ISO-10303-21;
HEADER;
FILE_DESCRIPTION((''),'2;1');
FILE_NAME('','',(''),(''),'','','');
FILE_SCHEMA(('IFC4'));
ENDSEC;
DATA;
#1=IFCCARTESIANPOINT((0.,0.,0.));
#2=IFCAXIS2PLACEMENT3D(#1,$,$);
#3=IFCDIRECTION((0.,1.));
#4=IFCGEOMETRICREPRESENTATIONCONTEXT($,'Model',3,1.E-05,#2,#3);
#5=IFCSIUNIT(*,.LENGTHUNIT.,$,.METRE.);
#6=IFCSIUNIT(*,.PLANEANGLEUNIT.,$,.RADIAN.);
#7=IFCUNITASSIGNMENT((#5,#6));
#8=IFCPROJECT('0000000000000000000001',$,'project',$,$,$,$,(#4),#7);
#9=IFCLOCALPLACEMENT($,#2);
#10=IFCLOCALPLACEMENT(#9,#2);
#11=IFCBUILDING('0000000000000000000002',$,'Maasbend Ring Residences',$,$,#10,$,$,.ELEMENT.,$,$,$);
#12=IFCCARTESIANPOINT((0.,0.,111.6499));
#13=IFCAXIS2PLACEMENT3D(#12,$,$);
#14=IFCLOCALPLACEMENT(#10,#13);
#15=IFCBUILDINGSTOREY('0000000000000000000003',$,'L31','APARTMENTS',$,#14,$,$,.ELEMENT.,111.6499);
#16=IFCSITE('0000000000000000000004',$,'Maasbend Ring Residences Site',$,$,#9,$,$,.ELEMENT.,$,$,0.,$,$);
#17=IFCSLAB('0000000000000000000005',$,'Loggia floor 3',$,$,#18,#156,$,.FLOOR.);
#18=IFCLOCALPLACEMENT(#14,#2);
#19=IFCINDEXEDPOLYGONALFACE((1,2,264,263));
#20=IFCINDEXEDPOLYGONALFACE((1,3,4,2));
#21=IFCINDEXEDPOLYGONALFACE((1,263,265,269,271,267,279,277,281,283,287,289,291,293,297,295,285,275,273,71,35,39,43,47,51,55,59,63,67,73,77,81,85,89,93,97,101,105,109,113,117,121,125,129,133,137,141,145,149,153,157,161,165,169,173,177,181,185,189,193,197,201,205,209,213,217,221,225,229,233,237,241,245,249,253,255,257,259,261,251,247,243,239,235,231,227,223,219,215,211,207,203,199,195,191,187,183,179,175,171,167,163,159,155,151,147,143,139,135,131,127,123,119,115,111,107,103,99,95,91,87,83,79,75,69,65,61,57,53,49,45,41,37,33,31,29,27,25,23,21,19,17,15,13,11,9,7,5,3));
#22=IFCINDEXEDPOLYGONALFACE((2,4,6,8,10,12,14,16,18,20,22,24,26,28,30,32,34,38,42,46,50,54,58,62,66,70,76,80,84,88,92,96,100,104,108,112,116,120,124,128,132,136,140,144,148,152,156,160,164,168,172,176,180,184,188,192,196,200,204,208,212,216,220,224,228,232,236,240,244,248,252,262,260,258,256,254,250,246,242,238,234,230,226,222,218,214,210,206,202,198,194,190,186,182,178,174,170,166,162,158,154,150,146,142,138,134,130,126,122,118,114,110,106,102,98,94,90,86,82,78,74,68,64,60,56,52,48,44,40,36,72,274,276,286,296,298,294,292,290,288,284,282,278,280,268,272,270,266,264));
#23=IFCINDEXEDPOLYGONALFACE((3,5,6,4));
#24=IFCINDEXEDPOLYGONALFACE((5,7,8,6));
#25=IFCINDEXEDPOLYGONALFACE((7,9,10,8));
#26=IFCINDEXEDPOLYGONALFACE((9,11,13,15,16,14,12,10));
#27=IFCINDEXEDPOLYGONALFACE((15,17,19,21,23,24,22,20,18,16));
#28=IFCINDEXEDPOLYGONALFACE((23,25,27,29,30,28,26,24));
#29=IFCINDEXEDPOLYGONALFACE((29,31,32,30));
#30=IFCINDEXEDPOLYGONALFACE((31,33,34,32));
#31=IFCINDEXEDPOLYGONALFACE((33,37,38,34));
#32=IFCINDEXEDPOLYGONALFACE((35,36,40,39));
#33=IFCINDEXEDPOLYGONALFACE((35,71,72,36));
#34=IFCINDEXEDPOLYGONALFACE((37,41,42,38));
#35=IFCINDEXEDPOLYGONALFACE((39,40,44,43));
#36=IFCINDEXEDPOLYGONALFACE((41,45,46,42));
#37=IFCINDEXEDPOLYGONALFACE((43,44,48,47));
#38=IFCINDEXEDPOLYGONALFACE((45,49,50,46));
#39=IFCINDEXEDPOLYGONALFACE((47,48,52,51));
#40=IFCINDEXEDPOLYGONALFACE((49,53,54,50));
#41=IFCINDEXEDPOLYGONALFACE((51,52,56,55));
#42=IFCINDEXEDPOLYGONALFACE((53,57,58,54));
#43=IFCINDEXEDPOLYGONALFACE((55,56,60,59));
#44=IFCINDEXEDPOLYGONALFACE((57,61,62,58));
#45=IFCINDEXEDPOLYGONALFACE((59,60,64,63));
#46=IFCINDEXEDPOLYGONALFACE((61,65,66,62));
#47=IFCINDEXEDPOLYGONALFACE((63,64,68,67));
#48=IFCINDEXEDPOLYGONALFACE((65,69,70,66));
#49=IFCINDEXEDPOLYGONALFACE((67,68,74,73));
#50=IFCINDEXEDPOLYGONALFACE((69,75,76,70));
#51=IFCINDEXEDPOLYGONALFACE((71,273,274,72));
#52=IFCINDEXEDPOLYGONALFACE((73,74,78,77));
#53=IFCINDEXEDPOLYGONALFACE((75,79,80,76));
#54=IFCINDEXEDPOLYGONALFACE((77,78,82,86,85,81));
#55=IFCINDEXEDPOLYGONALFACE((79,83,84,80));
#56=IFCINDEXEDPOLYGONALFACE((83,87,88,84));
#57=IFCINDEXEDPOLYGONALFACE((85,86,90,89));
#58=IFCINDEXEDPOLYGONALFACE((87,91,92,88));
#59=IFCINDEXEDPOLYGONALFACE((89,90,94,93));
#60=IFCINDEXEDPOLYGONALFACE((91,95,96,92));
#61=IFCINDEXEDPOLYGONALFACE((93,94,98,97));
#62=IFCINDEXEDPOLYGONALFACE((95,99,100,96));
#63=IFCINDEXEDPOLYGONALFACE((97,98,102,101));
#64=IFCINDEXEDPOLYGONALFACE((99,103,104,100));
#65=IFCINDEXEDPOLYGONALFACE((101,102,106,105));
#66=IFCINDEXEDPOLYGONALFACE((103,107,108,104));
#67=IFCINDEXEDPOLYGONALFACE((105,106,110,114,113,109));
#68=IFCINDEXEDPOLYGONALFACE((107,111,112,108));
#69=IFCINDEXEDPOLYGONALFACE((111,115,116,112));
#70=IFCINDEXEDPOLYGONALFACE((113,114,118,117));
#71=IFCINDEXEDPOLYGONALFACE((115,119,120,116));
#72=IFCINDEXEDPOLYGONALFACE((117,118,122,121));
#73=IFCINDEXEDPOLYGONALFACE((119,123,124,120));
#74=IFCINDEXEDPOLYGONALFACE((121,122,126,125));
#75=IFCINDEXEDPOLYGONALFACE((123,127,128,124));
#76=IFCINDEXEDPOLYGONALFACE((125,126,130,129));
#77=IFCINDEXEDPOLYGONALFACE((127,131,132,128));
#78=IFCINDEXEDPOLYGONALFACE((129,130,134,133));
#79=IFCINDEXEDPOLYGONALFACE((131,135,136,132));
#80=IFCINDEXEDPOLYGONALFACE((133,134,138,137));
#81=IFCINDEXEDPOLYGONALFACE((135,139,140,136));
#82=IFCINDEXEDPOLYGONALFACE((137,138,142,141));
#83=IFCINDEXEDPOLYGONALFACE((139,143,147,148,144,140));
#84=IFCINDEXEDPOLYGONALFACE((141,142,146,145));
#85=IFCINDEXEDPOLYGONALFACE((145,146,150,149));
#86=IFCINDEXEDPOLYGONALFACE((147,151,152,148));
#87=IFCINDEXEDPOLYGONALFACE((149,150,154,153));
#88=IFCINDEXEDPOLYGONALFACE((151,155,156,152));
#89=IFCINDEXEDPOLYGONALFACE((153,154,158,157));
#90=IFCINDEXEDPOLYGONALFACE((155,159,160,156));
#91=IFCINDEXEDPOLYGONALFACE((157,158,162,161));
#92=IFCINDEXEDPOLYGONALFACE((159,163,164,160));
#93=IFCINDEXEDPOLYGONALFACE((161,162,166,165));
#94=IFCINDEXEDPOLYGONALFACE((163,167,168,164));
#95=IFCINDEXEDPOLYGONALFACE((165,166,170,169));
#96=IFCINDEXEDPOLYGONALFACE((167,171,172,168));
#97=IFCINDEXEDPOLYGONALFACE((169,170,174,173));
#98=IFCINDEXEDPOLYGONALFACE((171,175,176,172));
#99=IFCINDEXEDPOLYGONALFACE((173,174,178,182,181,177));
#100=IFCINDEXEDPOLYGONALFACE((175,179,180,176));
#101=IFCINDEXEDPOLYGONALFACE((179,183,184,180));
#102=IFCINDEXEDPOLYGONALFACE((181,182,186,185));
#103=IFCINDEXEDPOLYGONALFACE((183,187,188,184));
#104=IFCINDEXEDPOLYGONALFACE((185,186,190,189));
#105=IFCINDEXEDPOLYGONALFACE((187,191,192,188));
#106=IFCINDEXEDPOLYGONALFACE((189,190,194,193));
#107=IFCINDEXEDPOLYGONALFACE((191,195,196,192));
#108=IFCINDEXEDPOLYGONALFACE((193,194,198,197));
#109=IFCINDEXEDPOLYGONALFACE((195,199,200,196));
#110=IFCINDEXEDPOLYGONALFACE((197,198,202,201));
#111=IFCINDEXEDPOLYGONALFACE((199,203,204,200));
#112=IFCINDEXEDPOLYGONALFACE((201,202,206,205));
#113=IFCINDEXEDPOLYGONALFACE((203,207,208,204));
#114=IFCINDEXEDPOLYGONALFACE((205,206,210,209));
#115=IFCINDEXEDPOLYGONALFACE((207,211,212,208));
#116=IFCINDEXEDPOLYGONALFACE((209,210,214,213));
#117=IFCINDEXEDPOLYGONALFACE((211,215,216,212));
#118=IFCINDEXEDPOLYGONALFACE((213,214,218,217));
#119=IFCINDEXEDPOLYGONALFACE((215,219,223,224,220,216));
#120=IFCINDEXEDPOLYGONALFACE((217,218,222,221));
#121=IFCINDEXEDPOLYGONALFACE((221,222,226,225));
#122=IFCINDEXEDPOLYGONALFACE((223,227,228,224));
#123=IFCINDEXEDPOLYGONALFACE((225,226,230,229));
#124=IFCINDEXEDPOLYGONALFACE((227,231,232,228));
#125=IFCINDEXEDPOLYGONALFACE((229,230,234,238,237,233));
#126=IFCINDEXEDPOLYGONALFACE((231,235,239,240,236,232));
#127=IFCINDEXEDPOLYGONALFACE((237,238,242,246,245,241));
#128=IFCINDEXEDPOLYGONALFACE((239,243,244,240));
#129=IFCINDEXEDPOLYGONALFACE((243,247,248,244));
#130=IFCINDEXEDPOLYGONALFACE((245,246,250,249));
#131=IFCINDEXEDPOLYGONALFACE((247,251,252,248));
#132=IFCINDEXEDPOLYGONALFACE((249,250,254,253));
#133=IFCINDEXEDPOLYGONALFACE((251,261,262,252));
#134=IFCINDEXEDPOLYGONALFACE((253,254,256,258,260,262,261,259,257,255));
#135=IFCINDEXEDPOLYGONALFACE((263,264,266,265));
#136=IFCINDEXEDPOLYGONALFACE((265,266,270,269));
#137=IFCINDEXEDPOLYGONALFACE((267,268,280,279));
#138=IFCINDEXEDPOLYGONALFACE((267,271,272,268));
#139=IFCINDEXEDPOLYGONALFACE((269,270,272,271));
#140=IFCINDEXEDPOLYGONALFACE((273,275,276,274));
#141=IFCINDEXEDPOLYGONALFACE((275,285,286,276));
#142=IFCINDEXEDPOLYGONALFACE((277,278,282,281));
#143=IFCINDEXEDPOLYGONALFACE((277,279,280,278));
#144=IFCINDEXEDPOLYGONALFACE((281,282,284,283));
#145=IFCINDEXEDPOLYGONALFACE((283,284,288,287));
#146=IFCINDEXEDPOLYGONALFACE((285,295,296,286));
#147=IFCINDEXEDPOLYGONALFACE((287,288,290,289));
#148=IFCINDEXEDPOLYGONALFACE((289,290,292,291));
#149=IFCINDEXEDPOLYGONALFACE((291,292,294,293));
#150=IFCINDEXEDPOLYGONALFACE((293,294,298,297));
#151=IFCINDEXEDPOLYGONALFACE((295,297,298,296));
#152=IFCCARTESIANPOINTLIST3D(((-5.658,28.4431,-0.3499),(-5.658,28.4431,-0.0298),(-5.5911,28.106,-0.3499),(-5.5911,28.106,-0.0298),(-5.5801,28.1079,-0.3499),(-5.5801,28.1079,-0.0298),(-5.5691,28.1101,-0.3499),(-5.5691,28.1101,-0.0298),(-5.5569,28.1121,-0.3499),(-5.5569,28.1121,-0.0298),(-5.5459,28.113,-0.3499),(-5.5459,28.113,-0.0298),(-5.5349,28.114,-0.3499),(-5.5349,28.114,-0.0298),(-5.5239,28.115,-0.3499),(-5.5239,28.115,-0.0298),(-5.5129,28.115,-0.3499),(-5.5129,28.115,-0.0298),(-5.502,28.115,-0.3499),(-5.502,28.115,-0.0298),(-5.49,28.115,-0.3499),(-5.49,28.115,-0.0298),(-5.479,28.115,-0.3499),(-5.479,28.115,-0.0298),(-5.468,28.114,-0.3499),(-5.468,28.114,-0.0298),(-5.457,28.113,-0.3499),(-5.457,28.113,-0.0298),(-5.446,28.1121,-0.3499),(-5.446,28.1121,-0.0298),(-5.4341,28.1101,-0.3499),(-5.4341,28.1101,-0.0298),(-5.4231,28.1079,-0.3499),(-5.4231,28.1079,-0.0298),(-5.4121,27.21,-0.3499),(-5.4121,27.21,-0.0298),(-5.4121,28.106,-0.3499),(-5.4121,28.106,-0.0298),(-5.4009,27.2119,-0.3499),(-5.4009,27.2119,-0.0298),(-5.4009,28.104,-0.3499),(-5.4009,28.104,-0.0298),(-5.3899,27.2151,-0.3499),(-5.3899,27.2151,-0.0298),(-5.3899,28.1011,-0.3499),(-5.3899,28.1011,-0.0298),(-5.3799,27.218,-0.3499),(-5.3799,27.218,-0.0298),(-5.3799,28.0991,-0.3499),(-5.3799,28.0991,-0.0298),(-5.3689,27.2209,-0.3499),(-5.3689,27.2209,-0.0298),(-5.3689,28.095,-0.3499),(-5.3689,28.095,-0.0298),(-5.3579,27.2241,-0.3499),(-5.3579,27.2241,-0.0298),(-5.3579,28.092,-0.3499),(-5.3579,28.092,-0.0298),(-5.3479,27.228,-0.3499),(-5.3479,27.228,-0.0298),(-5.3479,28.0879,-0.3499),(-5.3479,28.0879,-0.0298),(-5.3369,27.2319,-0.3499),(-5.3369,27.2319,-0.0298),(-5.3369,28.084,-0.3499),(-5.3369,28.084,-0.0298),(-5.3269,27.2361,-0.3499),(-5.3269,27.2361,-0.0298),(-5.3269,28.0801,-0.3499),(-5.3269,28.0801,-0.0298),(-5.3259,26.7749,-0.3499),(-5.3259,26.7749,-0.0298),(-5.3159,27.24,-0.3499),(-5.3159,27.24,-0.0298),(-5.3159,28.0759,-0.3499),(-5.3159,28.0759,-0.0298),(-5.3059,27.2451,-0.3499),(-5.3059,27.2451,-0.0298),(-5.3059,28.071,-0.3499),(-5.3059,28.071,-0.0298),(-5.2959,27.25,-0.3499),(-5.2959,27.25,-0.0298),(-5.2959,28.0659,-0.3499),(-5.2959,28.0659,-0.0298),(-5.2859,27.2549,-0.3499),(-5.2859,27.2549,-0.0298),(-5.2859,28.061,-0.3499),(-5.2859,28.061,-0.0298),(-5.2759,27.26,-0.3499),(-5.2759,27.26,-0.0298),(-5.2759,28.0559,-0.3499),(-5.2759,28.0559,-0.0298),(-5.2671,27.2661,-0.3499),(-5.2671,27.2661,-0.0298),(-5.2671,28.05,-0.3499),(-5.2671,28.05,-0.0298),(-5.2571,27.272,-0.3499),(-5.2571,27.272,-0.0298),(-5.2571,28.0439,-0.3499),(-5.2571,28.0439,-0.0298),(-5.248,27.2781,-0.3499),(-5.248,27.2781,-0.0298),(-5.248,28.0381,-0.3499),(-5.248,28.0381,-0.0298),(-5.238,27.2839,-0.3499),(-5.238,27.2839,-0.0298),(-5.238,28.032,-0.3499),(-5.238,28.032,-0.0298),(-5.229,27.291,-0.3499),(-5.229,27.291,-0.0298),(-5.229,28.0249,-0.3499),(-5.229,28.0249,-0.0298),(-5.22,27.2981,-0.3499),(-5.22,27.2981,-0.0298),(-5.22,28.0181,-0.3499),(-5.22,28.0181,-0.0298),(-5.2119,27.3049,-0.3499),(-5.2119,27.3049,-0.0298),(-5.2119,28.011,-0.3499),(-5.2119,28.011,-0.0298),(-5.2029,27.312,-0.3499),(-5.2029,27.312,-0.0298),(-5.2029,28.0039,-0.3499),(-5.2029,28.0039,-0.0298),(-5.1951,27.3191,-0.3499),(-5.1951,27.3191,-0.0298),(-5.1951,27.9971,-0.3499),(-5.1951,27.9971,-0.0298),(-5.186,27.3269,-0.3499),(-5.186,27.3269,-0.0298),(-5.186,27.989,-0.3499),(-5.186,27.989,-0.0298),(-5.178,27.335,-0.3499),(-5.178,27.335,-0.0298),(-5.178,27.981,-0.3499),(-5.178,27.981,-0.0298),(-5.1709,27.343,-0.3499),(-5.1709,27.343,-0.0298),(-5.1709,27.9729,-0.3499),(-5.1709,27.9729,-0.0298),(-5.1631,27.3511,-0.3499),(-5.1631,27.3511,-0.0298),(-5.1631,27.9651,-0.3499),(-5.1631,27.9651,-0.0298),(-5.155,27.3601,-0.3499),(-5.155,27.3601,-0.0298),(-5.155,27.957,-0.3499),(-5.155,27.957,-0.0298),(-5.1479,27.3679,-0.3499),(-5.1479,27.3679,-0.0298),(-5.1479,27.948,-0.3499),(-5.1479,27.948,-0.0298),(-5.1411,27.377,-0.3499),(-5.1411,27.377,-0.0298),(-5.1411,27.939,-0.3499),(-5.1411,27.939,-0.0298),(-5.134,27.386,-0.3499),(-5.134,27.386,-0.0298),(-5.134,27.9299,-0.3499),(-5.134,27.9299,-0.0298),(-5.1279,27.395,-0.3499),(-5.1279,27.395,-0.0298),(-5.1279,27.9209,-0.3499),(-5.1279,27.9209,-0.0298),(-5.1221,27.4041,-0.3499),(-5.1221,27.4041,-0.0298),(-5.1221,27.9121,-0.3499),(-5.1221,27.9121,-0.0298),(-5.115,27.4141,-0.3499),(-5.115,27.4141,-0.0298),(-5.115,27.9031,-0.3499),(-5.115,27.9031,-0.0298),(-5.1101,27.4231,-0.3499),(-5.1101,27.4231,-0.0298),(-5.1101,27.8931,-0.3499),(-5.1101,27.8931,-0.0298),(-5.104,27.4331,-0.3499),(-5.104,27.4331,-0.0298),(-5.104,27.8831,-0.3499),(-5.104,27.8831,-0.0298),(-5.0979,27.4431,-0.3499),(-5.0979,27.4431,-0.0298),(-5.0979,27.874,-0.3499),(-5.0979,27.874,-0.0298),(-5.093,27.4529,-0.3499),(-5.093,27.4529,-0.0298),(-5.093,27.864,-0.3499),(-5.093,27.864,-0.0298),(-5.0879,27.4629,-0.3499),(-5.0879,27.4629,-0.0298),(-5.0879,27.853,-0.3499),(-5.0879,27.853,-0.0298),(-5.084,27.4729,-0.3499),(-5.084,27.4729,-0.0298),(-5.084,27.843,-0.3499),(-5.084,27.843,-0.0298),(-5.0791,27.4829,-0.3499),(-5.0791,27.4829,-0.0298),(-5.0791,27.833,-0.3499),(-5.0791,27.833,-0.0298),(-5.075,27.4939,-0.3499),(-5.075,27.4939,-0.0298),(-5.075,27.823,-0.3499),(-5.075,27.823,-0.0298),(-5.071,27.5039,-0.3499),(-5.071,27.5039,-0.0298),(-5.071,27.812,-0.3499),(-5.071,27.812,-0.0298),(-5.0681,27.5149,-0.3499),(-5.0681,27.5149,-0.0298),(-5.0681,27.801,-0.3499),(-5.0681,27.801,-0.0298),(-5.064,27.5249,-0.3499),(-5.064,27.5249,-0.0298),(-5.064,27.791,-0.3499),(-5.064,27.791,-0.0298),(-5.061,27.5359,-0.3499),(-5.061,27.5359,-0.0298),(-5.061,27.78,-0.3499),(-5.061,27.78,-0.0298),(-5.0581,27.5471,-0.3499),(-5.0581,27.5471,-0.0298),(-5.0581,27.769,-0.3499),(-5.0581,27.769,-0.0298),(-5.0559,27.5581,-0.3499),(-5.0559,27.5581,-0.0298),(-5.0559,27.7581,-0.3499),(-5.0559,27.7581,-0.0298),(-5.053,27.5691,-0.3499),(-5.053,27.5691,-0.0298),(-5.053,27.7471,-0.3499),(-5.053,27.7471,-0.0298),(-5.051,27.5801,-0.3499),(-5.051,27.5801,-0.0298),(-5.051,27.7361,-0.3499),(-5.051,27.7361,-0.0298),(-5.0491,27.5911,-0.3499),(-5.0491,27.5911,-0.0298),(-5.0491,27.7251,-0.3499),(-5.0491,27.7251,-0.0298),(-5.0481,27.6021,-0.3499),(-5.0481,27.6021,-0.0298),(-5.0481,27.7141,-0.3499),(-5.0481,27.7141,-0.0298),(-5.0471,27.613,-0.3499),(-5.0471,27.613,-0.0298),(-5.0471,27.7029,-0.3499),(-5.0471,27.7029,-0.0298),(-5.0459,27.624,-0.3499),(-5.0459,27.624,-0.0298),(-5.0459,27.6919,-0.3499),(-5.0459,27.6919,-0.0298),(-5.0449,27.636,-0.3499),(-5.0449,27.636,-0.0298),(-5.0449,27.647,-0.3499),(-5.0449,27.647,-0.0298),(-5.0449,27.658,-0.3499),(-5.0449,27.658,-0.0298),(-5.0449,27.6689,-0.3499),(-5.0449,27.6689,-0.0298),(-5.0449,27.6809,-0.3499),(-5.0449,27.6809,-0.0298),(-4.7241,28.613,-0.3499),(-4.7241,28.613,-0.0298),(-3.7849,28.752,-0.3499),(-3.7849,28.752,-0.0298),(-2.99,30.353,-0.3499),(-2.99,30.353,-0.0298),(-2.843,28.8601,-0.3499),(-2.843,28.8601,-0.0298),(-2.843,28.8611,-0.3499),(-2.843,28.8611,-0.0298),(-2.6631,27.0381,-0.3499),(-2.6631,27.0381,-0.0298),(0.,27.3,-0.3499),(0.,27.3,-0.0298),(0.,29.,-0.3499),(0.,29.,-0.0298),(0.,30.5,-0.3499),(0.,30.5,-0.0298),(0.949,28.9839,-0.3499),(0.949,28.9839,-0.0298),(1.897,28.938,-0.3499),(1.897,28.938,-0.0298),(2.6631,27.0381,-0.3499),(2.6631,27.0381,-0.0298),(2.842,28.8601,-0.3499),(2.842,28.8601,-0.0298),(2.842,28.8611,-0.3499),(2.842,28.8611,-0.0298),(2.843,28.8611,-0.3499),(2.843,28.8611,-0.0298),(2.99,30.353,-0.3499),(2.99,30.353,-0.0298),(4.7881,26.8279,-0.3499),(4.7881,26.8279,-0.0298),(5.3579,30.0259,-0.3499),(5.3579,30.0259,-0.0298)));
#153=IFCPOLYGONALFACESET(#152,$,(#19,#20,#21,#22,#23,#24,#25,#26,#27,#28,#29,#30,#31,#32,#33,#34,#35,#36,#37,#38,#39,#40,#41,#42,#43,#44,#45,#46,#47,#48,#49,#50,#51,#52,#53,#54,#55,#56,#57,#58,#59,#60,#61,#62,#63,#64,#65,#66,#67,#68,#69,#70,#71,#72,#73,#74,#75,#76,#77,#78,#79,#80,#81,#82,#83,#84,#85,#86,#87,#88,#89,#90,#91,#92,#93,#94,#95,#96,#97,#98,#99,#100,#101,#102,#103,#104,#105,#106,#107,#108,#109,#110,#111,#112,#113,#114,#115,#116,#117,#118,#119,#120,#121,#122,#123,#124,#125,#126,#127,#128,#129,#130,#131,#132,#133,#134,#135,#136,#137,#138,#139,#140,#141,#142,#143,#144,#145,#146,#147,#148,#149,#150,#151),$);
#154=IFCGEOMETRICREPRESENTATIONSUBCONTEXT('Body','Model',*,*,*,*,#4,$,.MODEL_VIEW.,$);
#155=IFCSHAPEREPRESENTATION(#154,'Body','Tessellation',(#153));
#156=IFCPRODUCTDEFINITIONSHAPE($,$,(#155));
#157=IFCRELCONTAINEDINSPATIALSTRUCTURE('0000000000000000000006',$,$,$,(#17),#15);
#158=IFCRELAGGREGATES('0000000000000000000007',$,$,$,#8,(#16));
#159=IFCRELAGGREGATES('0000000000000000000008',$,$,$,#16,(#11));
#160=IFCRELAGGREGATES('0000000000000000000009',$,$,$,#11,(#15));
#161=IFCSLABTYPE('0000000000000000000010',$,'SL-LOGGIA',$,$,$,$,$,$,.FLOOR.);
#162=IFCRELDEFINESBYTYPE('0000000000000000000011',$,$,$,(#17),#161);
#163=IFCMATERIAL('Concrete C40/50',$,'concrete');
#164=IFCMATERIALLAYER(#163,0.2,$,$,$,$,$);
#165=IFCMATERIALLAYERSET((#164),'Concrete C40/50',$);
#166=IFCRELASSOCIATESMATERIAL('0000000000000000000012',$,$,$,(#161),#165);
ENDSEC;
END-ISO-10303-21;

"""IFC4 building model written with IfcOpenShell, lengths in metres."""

from ifc_helpers import new_model, si_unit, direction, frame, origin, place, context, subcontext, project, spatial, polyline, outline, extrude, material, layer, layer_set, type_object, element, save


model = new_model("IFC4")

# Units and contexts
model_context = context("Model", 3, precision=1e-05, world=origin(), true_north=direction((0.0, 1.0)))
body_context = subcontext(model_context, "Body", "Model", "MODEL_VIEW")
ifc_project = project(units=[si_unit("LENGTHUNIT", "METRE"), si_unit("PLANEANGLEUNIT", "RADIAN")], contexts=[model_context])

# Site, building, storey
site_placement = place(None, origin())
site = spatial("IfcSite", under=ifc_project, at=site_placement, Name="Maasbend Ring Residences Site", CompositionType="ELEMENT", RefElevation=0.0)
building_placement = place(site_placement, origin())
building = spatial("IfcBuilding", under=site, at=building_placement, Name="Maasbend Ring Residences", CompositionType="ELEMENT")
storey_placement = place(building_placement, frame((0.0, 0.0, 111.6499)))
storey = spatial("IfcBuildingStorey", under=building, at=storey_placement, Name="L31", Description="APARTMENTS", CompositionType="ELEMENT", Elevation=111.6499)

# Slab
ifc_material_1 = material(Name="Concrete C40/50", Category="concrete")
ifc_layer_1 = layer(ifc_material_1, 0.2)
ifc_layer_set_1 = layer_set([ifc_layer_1], Name="Concrete C40/50")
slab_type_1 = type_object("IfcSlabType", Name="SL-LOGGIA", PredefinedType="FLOOR", material=ifc_layer_set_1)
slab_1_placement = place(storey_placement, frame((0.0, 0.0, -0.3499)))
element("IfcSlab", 1, at=slab_1_placement, inside=storey, type_object=slab_type_1, Name="Loggia floor 3", PredefinedType="FLOOR", context=body_context, shape_type="SweptSolid", body=[
    extrude(outline(polyline([(-3.7849, 28.752), (-2.843, 28.8601), (-2.843, 28.8601), (-2.843, 28.8601), (-2.843, 28.8601), (-2.843, 28.8601), (-2.843, 28.8601), (-2.843, 28.8601), (-2.843, 28.8601), (-2.843, 28.8601), (-2.843, 28.8611), (-2.843, 28.8611), (-2.843, 28.8611), (-2.843, 28.8611), (-2.843, 28.8611), (-2.843, 28.8611), (-2.843, 28.8611), (-2.843, 28.8611), (-2.99, 30.353), (-2.99, 30.353), (-2.99, 30.353), (0.0, 30.5), (0.0, 30.5), (0.0, 30.5), (0.0, 29.0), (0.0, 29.0), (0.0, 29.0), (0.0, 29.0), (0.0, 29.0), (0.0, 29.0), (0.0, 29.0), (0.0, 29.0), (0.0, 29.0), (0.0, 29.0), (0.0, 29.0), (0.0, 29.0), (0.0, 29.0), (0.0, 29.0), (0.0, 29.0), (0.0, 29.0), (0.0, 29.0), (0.949, 28.9839), (0.949, 28.9839), (1.897, 28.938), (1.897, 28.938), (2.842, 28.8601), (2.842, 28.8601), (2.842, 28.8601), (2.842, 28.8601), (2.842, 28.8601), (2.842, 28.8601), (2.842, 28.8601), (2.842, 28.8601), (2.842, 28.8611), (2.842, 28.8611), (2.842, 28.8611), (2.842, 28.8611), (2.842, 28.8611), (2.843, 28.8611), (2.843, 28.8611), (2.843, 28.8611), (2.843, 28.8611), (2.99, 30.353), (2.99, 30.353), (2.99, 30.353), (5.3579, 30.0259), (5.3579, 30.0259), (5.3579, 30.0259), (4.7881, 26.8279), (4.7881, 26.8279), (4.7881, 26.8279), (2.6631, 27.0381), (0.0, 27.3), (0.0, 27.3), (0.0, 27.3), (-2.6631, 27.0381), (-5.3259, 26.7749), (-5.3259, 26.7749), (-5.3259, 26.7749), (-5.4121, 27.21), (-5.4121, 27.21), (-5.4009, 27.2119), (-5.3899, 27.2151), (-5.3799, 27.218), (-5.3689, 27.2209), (-5.3579, 27.2241), (-5.3479, 27.228), (-5.3369, 27.2319), (-5.3269, 27.2361), (-5.3159, 27.24), (-5.3059, 27.2451), (-5.2959, 27.25), (-5.2859, 27.2549), (-5.2759, 27.26), (-5.2671, 27.2661), (-5.2571, 27.272), (-5.248, 27.2781), (-5.238, 27.2839), (-5.229, 27.291), (-5.22, 27.2981), (-5.2119, 27.3049), (-5.2029, 27.312), (-5.1951, 27.3191), (-5.186, 27.3269), (-5.178, 27.335), (-5.1709, 27.343), (-5.1631, 27.3511), (-5.155, 27.3601), (-5.1479, 27.3679), (-5.1411, 27.377), (-5.134, 27.386), (-5.1279, 27.395), (-5.1221, 27.4041), (-5.115, 27.4141), (-5.1101, 27.4231), (-5.104, 27.4331), (-5.0979, 27.4431), (-5.093, 27.4529), (-5.0879, 27.4629), (-5.084, 27.4729), (-5.0791, 27.4829), (-5.075, 27.4939), (-5.071, 27.5039), (-5.0681, 27.5149), (-5.064, 27.5249), (-5.061, 27.5359), (-5.0581, 27.5471), (-5.0559, 27.5581), (-5.053, 27.5691), (-5.051, 27.5801), (-5.0491, 27.5911), (-5.0481, 27.6021), (-5.0471, 27.613), (-5.0459, 27.624), (-5.0449, 27.636), (-5.0449, 27.647), (-5.0449, 27.658), (-5.0449, 27.6689), (-5.0449, 27.6809), (-5.0459, 27.6919), (-5.0471, 27.7029), (-5.0481, 27.7141), (-5.0491, 27.7251), (-5.051, 27.7361), (-5.053, 27.7471), (-5.0559, 27.7581), (-5.0581, 27.769), (-5.061, 27.78), (-5.064, 27.791), (-5.0681, 27.801), (-5.071, 27.812), (-5.075, 27.823), (-5.0791, 27.833), (-5.084, 27.843), (-5.0879, 27.853), (-5.093, 27.864), (-5.0979, 27.874), (-5.104, 27.8831), (-5.1101, 27.8931), (-5.115, 27.9031), (-5.1221, 27.9121), (-5.1279, 27.9209), (-5.134, 27.9299), (-5.1411, 27.939), (-5.1479, 27.948), (-5.155, 27.957), (-5.1631, 27.9651), (-5.1709, 27.9729), (-5.178, 27.981), (-5.186, 27.989), (-5.1951, 27.9971), (-5.2029, 28.0039), (-5.2119, 28.011), (-5.22, 28.0181), (-5.229, 28.0249), (-5.238, 28.032), (-5.248, 28.0381), (-5.2571, 28.0439), (-5.2671, 28.05), (-5.2759, 28.0559), (-5.2859, 28.061), (-5.2959, 28.0659), (-5.3059, 28.071), (-5.3159, 28.0759), (-5.3269, 28.0801), (-5.3369, 28.084), (-5.3479, 28.0879), (-5.3579, 28.092), (-5.3689, 28.095), (-5.3799, 28.0991), (-5.3899, 28.1011), (-5.4009, 28.104), (-5.4121, 28.106), (-5.4231, 28.1079), (-5.4341, 28.1101), (-5.446, 28.1121), (-5.457, 28.113), (-5.468, 28.114), (-5.479, 28.115), (-5.49, 28.115), (-5.502, 28.115), (-5.5129, 28.115), (-5.5239, 28.115), (-5.5349, 28.114), (-5.5459, 28.113), (-5.5569, 28.1121), (-5.5691, 28.1101), (-5.5801, 28.1079), (-5.5911, 28.106), (-5.5911, 28.106), (-5.658, 28.4431), (-5.658, 28.4431), (-5.658, 28.4431), (-4.7241, 28.613), (-4.7241, 28.613), (-3.7849, 28.752), (-3.7849, 28.752)])), origin(), (0.0, 0.0, 1.0), 0.3201),
])

save(model, "model.ifc")
